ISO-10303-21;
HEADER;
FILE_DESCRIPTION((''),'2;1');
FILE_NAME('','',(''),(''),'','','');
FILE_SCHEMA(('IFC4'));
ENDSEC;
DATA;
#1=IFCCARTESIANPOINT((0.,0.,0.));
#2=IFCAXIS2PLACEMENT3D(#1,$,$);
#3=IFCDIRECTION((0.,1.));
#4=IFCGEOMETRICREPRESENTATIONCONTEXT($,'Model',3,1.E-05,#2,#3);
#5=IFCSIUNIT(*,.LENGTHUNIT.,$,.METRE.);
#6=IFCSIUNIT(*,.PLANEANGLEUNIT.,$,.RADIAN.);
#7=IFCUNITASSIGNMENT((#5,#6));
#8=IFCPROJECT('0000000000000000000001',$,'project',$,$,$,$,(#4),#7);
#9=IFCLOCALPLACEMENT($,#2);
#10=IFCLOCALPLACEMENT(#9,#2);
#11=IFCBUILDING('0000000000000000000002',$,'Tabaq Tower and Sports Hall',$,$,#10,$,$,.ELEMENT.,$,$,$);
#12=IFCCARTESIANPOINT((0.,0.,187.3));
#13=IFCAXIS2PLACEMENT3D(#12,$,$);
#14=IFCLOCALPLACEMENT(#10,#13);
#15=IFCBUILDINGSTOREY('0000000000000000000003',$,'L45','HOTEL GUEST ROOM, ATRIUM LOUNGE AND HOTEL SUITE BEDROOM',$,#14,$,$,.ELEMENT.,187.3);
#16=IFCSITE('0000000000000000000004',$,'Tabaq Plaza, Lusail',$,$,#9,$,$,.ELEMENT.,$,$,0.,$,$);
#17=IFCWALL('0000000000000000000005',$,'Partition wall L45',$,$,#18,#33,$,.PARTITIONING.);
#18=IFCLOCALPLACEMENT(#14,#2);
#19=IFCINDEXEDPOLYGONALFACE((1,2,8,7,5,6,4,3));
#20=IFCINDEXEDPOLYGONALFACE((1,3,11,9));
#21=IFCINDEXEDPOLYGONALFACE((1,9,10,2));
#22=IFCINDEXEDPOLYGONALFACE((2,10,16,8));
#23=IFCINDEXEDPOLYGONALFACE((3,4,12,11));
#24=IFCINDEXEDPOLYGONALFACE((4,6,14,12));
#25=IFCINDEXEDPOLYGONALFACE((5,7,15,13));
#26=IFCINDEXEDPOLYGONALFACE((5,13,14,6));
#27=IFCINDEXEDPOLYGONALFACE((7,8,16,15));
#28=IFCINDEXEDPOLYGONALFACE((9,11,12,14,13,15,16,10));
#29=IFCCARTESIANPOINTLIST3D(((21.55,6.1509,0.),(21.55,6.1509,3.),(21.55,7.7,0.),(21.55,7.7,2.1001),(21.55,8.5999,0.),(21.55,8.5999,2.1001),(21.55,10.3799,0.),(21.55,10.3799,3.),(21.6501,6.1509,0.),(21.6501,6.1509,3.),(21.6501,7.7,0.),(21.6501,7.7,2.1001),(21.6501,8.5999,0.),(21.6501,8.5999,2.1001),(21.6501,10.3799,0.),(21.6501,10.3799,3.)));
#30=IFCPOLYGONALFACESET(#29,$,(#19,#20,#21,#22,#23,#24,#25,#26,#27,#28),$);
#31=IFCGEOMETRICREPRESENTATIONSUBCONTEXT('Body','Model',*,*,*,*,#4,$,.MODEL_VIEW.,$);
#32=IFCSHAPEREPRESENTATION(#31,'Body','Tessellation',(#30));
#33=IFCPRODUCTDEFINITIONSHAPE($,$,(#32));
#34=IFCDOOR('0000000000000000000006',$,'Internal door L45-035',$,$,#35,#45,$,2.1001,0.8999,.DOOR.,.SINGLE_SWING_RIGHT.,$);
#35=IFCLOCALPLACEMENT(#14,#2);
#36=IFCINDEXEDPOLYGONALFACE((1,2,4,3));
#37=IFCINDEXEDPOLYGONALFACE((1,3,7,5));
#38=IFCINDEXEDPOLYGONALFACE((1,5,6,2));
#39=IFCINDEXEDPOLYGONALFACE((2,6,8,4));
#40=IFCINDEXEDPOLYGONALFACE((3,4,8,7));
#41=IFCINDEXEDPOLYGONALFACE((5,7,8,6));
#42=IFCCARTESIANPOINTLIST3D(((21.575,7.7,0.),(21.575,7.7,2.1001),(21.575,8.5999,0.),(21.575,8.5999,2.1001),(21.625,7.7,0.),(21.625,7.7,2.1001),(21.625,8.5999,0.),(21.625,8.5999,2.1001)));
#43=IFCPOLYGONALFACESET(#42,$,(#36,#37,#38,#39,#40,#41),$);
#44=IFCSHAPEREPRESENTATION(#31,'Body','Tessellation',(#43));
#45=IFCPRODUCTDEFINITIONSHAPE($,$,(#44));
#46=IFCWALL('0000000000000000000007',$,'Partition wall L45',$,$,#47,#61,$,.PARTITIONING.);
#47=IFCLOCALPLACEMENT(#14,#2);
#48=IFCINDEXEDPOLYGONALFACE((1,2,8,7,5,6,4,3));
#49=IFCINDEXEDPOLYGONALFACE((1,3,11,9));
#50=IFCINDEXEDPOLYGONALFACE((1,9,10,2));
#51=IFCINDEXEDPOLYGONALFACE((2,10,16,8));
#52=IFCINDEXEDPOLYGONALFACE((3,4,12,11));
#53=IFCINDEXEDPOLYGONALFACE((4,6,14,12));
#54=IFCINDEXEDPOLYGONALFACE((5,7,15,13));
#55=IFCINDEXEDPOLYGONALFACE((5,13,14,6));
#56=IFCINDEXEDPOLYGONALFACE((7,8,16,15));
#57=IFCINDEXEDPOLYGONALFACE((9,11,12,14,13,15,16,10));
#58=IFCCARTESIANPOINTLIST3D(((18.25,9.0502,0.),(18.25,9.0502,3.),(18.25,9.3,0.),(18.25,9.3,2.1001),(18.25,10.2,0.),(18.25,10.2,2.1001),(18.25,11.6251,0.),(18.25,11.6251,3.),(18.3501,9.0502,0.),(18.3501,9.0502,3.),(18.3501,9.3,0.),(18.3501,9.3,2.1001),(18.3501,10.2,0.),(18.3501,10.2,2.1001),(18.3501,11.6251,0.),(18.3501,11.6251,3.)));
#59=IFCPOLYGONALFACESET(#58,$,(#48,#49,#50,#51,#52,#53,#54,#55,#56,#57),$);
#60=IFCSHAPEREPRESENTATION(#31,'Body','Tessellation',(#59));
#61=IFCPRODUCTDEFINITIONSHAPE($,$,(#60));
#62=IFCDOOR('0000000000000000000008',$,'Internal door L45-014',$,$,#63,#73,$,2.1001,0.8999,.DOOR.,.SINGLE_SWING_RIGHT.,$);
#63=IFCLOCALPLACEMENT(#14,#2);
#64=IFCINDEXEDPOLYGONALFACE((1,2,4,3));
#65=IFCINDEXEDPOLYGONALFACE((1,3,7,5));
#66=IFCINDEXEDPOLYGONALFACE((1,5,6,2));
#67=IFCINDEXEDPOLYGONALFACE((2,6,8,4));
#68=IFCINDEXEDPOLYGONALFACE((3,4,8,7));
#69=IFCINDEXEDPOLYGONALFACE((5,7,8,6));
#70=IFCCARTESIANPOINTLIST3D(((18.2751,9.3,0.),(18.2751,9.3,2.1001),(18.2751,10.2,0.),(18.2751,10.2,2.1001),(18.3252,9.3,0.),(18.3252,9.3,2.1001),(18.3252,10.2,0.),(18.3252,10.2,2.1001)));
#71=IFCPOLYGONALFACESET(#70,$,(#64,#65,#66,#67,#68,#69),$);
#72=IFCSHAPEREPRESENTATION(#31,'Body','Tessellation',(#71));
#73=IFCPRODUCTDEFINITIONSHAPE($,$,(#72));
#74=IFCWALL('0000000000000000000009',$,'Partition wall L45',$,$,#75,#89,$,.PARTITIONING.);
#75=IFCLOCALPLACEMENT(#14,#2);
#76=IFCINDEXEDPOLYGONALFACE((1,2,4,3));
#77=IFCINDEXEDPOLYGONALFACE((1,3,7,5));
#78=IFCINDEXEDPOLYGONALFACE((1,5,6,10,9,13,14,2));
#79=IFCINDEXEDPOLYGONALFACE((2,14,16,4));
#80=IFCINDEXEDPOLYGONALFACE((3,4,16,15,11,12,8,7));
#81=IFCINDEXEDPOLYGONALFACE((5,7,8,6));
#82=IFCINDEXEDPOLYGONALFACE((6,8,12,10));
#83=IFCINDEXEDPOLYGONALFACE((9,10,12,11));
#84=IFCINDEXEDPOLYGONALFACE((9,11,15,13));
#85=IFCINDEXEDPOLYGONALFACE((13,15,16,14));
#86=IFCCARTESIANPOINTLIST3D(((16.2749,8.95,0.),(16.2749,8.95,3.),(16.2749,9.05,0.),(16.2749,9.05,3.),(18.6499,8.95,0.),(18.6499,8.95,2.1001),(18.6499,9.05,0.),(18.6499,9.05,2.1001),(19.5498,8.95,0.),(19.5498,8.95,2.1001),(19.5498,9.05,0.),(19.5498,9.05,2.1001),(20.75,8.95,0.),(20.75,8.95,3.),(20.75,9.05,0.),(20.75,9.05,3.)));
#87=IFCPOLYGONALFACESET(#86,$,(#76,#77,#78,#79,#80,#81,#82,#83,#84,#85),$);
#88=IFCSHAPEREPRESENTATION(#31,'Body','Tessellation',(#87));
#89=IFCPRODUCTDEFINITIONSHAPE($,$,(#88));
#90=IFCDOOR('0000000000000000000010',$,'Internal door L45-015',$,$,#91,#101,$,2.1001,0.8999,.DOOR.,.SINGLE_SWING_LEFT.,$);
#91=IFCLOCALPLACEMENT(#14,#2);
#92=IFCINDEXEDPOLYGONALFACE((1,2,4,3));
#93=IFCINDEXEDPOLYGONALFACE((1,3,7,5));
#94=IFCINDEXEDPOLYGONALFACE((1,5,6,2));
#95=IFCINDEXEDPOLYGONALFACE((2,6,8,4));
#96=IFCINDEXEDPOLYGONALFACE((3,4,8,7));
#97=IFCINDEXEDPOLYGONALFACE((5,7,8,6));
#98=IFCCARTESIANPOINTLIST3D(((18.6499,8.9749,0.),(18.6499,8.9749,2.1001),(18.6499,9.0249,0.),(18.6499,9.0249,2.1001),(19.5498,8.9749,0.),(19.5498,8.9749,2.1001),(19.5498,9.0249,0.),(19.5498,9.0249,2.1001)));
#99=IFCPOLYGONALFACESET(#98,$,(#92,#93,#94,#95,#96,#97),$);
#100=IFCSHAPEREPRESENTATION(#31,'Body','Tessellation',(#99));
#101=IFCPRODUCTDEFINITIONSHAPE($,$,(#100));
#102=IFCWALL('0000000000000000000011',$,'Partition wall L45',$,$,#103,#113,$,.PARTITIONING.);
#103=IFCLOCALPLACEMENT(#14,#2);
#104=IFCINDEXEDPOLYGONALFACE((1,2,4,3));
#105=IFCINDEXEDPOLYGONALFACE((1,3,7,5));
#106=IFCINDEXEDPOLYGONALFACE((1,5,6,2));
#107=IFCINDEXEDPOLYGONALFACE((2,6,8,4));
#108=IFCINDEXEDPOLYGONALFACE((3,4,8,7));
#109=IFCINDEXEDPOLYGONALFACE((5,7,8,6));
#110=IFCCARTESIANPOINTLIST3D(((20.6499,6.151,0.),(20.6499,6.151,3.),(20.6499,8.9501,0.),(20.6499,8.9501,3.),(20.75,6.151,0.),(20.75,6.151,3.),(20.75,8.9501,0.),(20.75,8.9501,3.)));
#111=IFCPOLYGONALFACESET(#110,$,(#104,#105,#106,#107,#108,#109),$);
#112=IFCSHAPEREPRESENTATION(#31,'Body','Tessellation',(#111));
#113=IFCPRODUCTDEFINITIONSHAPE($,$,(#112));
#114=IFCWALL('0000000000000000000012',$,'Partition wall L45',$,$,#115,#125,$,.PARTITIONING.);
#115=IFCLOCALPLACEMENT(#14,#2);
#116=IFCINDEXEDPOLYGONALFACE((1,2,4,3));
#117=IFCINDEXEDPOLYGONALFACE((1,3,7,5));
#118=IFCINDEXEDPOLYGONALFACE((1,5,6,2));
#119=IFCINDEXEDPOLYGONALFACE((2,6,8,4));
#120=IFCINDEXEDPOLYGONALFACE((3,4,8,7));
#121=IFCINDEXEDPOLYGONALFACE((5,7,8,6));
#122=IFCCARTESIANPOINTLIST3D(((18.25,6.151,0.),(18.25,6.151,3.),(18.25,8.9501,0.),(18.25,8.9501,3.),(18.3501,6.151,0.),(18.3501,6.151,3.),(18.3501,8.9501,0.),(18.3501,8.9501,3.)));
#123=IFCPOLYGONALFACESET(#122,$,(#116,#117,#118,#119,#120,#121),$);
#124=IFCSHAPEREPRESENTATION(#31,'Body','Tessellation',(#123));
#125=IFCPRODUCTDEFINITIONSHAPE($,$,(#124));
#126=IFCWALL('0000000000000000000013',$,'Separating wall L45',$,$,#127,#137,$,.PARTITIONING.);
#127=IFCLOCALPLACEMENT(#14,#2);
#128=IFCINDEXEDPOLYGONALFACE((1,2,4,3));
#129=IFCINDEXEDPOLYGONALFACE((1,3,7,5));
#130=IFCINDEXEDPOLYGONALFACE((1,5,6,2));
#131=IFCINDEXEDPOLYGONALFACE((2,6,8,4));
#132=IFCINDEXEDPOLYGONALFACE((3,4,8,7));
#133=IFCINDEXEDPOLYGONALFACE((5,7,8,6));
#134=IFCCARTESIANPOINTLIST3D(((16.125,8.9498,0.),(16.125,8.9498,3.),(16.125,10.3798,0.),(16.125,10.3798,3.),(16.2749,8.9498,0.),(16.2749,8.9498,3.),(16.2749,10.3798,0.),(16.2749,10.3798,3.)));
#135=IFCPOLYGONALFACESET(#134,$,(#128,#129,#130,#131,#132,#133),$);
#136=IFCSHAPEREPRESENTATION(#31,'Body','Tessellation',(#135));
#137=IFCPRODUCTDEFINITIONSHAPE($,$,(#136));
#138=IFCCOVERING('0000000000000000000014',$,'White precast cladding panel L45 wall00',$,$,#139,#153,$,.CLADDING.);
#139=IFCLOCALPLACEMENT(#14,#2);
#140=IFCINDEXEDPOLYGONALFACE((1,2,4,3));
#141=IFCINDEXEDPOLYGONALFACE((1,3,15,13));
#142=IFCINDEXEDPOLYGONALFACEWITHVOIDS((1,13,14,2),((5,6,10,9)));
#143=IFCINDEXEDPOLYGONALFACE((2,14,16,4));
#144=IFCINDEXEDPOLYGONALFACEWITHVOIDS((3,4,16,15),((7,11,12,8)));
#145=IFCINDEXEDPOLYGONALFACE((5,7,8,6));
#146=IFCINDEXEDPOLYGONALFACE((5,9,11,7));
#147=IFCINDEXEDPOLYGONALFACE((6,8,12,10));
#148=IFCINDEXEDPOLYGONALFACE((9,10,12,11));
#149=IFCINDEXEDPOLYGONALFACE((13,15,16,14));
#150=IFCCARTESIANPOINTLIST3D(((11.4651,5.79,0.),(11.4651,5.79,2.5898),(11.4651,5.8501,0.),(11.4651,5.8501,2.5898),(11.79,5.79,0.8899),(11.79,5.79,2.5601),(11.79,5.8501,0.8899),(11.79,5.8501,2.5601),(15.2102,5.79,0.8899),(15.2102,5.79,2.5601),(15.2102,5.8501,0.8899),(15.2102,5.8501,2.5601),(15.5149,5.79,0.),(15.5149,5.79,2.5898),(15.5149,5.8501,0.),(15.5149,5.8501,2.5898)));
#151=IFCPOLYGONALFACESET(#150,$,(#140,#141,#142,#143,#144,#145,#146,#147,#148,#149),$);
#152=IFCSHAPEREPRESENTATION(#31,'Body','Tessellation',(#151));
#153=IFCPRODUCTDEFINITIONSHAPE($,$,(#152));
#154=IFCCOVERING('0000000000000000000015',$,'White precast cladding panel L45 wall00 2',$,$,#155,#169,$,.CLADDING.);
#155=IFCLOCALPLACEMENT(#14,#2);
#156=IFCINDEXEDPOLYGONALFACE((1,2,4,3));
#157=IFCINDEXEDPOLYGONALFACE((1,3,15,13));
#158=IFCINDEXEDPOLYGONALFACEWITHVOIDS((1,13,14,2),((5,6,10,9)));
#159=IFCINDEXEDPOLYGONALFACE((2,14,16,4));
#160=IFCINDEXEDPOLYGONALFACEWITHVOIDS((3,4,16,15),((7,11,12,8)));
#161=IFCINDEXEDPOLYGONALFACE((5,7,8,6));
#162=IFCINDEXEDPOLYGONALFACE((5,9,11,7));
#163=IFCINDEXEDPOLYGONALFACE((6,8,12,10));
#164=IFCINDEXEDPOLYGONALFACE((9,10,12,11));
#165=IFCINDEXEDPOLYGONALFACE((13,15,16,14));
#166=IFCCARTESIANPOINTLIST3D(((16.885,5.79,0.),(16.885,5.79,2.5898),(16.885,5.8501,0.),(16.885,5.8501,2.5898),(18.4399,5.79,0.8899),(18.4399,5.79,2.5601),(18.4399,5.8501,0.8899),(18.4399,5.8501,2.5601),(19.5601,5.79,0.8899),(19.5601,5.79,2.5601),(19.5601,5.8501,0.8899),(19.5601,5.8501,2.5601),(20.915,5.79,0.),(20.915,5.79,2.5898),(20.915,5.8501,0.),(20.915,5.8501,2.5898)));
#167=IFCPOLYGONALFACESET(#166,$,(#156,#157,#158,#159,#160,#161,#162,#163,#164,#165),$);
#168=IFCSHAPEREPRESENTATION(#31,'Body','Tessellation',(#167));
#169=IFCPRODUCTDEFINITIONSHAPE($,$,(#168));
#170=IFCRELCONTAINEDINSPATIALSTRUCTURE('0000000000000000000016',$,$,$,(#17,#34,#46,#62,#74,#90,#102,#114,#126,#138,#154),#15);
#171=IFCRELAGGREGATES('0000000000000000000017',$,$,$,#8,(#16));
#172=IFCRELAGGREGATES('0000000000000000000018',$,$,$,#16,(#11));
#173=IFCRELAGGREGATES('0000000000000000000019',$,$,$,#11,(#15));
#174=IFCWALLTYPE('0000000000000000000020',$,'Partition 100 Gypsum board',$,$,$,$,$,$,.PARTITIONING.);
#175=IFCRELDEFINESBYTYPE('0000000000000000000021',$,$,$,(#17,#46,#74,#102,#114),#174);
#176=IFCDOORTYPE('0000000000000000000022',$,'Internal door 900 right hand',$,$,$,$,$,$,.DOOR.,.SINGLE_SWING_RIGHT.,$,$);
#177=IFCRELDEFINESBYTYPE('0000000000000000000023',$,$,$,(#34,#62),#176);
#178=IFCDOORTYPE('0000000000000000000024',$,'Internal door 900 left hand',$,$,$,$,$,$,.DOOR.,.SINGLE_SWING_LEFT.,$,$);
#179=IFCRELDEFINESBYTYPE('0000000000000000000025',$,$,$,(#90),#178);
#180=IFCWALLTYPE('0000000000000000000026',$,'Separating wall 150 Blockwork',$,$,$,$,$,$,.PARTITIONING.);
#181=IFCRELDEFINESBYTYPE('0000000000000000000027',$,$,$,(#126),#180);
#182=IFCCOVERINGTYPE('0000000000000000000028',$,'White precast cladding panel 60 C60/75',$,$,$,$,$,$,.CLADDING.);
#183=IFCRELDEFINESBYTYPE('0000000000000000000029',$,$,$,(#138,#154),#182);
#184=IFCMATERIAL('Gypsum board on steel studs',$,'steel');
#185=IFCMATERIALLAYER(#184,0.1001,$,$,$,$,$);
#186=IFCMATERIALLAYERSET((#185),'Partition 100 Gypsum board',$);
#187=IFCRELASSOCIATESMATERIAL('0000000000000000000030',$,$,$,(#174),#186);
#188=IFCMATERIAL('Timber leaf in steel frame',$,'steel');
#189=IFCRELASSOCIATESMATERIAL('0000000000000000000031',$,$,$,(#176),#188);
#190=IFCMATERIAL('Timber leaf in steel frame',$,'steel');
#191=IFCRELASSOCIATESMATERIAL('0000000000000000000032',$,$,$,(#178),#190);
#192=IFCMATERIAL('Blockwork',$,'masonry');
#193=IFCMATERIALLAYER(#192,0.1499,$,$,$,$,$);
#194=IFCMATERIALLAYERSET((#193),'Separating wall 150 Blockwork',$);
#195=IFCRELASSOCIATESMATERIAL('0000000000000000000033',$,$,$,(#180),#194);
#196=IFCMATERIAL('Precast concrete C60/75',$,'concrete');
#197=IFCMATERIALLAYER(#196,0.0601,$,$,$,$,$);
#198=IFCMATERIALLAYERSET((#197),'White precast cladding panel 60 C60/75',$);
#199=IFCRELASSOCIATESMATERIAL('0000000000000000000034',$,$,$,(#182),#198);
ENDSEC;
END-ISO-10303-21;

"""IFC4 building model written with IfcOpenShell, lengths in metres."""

from ifc_helpers import new_model, si_unit, direction, frame, frame_2d, origin, place, context, subcontext, project, spatial, polyline, rectangle, outline, extrude, material, layer, layer_set, type_object, element, fill, save


model = new_model("IFC4")

# Units and contexts
model_context = context("Model", 3, precision=1e-05, world=origin(), true_north=direction((0.0, 1.0)))
body_context = subcontext(model_context, "Body", "Model", "MODEL_VIEW")
ifc_project = project(units=[si_unit("LENGTHUNIT", "METRE"), si_unit("PLANEANGLEUNIT", "RADIAN")], contexts=[model_context])

# Site, building, storey
site_placement = place(None, origin())
site = spatial("IfcSite", under=ifc_project, at=site_placement, Name="Tabaq Plaza, Lusail", CompositionType="ELEMENT", RefElevation=0.0)
building_placement = place(site_placement, origin())
building = spatial("IfcBuilding", under=site, at=building_placement, Name="Tabaq Tower and Sports Hall", CompositionType="ELEMENT")
storey_placement = place(building_placement, frame((0.0, 0.0, 187.3)))
storey = spatial("IfcBuildingStorey", under=building, at=storey_placement, Name="L45", Description="HOTEL GUEST ROOM, ATRIUM LOUNGE AND HOTEL SUITE BEDROOM", CompositionType="ELEMENT", Elevation=187.3)

# Shared definitions
ifc_material_1 = material(Name="Gypsum board on steel studs", Category="steel")
ifc_layer_1 = layer(ifc_material_1, 0.1001)
ifc_layer_set_1 = layer_set([ifc_layer_1], Name="Partition 100 Gypsum board")
wall_type_1 = type_object("IfcWallType", Name="Partition 100 Gypsum board", PredefinedType="PARTITIONING", material=ifc_layer_set_1)

# Shared definitions
ifc_material_2 = material(Name="Timber leaf in steel frame", Category="steel")
door_type_1 = type_object("IfcDoorType", Name="Internal door 900 right hand", OperationType="SINGLE_SWING_RIGHT", PredefinedType="DOOR", material=ifc_material_2)

# Walls, openings, doors
ifc_material_3 = material(Name="Timber leaf in steel frame", Category="steel")
door_type_2 = type_object("IfcDoorType", Name="Internal door 900 left hand", OperationType="SINGLE_SWING_LEFT", PredefinedType="DOOR", material=ifc_material_3)
wall_1_placement = place(storey_placement, frame((21.6001, 10.3799, 0.0), z_axis=(0.0, 0.0, 1.0), x_axis=(0.0, -1.0, 0.0)))
wall_1 = element("IfcWall", 1, at=wall_1_placement, inside=storey, type_object=wall_type_1, Name="Partition wall L45", PredefinedType="PARTITIONING", context=body_context, shape_type="SweptSolid", body=[
    extrude(rectangle(XDim=4.229, YDim=0.1001, at=frame_2d((2.1145, 0.0))), origin(), (0.0, 0.0, 1.0), 3.0),
])
opening_1_placement = place(wall_1_placement, frame((1.78, 0.0, 0.0)))
opening_1 = element("IfcOpeningElement", 2, at=opening_1_placement, cuts=wall_1, PredefinedType="OPENING", context=body_context, shape_type="SweptSolid", body=[
    extrude(rectangle(XDim=0.8999, YDim=2.1001, at=frame_2d((0.45, 1.05))), frame((0.0, 0.05, 0.0), z_axis=(0.0, -1.0, 0.0), x_axis=(1.0, 0.0, 0.0)), (0.0, 0.0, 1.0), 0.1001),
])
door_1_placement = place(opening_1_placement, origin())
door_1 = element("IfcDoor", 3, at=door_1_placement, inside=storey, type_object=door_type_1, Name="Internal door L45-035", OperationType="SINGLE_SWING_RIGHT", OverallHeight=2.1001, OverallWidth=0.8999, PredefinedType="DOOR", context=body_context, shape_type="SweptSolid", body=[
    extrude(rectangle(XDim=0.8999, YDim=2.1001, at=frame_2d((0.45, 1.05))), frame((0.0, 0.0249, 0.0), z_axis=(0.0, -1.0, 0.0), x_axis=(1.0, 0.0, 0.0)), (0.0, 0.0, 1.0), 0.05),
])
fill(opening_1, door_1)
wall_2_placement = place(storey_placement, frame((18.3, 9.05, 0.0), z_axis=(0.0, 0.0, 1.0), x_axis=(0.0, 1.0, 0.0)))
wall_2 = element("IfcWall", 4, at=wall_2_placement, inside=storey, type_object=wall_type_1, Name="Partition wall L45", PredefinedType="PARTITIONING", context=body_context, shape_type="SweptSolid", body=[
    extrude(rectangle(XDim=2.575, YDim=0.1001, at=frame_2d((1.2876, 0.0))), origin(), (0.0, 0.0, 1.0), 3.0),
])
opening_2_placement = place(wall_2_placement, frame((0.25, 0.0, 0.0)))
opening_2 = element("IfcOpeningElement", 5, at=opening_2_placement, cuts=wall_2, PredefinedType="OPENING", context=body_context, shape_type="SweptSolid", body=[
    extrude(rectangle(XDim=0.8999, YDim=2.1001, at=frame_2d((0.45, 1.05))), frame((0.0, 0.05, 0.0), z_axis=(0.0, -1.0, 0.0), x_axis=(1.0, 0.0, 0.0)), (0.0, 0.0, 1.0), 0.1001),
])
door_2_placement = place(opening_2_placement, origin())
door_2 = element("IfcDoor", 6, at=door_2_placement, inside=storey, type_object=door_type_1, Name="Internal door L45-014", OperationType="SINGLE_SWING_RIGHT", OverallHeight=2.1001, OverallWidth=0.8999, PredefinedType="DOOR", context=body_context, shape_type="SweptSolid", body=[
    extrude(rectangle(XDim=0.8999, YDim=2.1001, at=frame_2d((0.45, 1.05))), frame((0.0, 0.0249, 0.0), z_axis=(0.0, -1.0, 0.0), x_axis=(1.0, 0.0, 0.0)), (0.0, 0.0, 1.0), 0.05),
])
fill(opening_2, door_2)
wall_3_placement = place(storey_placement, frame((16.2749, 9.0, 0.0), z_axis=(0.0, 0.0, 1.0), x_axis=(1.0, 0.0, 0.0)))
wall_3 = element("IfcWall", 7, at=wall_3_placement, inside=storey, type_object=wall_type_1, Name="Partition wall L45", PredefinedType="PARTITIONING", context=body_context, shape_type="SweptSolid", body=[
    extrude(rectangle(XDim=4.4751, YDim=0.1001, at=frame_2d((2.2375, 0.0))), origin(), (0.0, 0.0, 1.0), 3.0),
])
opening_3_placement = place(wall_3_placement, frame((2.375, 0.0, 0.0)))
opening_3 = element("IfcOpeningElement", 8, at=opening_3_placement, cuts=wall_3, PredefinedType="OPENING", context=body_context, shape_type="SweptSolid", body=[
    extrude(rectangle(XDim=0.8999, YDim=2.1001, at=frame_2d((0.45, 1.05))), frame((0.0, 0.05, 0.0), z_axis=(0.0, -1.0, 0.0), x_axis=(1.0, 0.0, 0.0)), (0.0, 0.0, 1.0), 0.1001),
])
door_3_placement = place(opening_3_placement, origin())
door_3 = element("IfcDoor", 9, at=door_3_placement, inside=storey, type_object=door_type_2, Name="Internal door L45-015", OperationType="SINGLE_SWING_LEFT", OverallHeight=2.1001, OverallWidth=0.8999, PredefinedType="DOOR", context=body_context, shape_type="SweptSolid", body=[
    extrude(rectangle(XDim=0.8999, YDim=2.1001, at=frame_2d((0.45, 1.05))), frame((0.0, 0.0249, 0.0), z_axis=(0.0, -1.0, 0.0), x_axis=(1.0, 0.0, 0.0)), (0.0, 0.0, 1.0), 0.05),
])
fill(opening_3, door_3)

# Walls
for number, where, z_axis, x_axis, name in (
    (10, (20.7, 8.95, 0.0), (0.0, 0.0, 1.0), (0.0, -1.0, 0.0), "Partition wall L45"),
    (11, (18.3, 8.95, 0.0), (0.0, 0.0, 1.0), (0.0, -1.0, 0.0), "Partition wall L45"),
):
    element("IfcWall", number, at=place(storey_placement, frame(where, z_axis=z_axis, x_axis=x_axis)), inside=storey, type_object=wall_type_1, Name=name, PredefinedType="PARTITIONING", context=body_context, shape_type="SweptSolid", body=[
        extrude(rectangle(XDim=2.7991, YDim=0.1001, at=frame_2d((1.3994, 0.0))), origin(), (0.0, 0.0, 1.0), 3.0),
    ])
ifc_material_4 = material(Name="Blockwork", Category="masonry")
ifc_layer_2 = layer(ifc_material_4, 0.1499)
ifc_layer_set_2 = layer_set([ifc_layer_2], Name="Separating wall 150 Blockwork")
wall_type_2 = type_object("IfcWallType", Name="Separating wall 150 Blockwork", PredefinedType="PARTITIONING", material=ifc_layer_set_2)
wall_4_placement = place(storey_placement, frame((16.2, 8.95, 0.0), z_axis=(0.0, 0.0, 1.0), x_axis=(0.0, 1.0, 0.0)))
element("IfcWall", 12, at=wall_4_placement, inside=storey, type_object=wall_type_2, Name="Separating wall L45", PredefinedType="PARTITIONING", context=body_context, shape_type="SweptSolid", body=[
    extrude(rectangle(XDim=1.4299, YDim=0.1499, at=frame_2d((0.7148, 0.0))), origin(), (0.0, 0.0, 1.0), 3.0),
])

# Coverings
ifc_material_5 = material(Name="Precast concrete C60/75", Category="concrete")
ifc_layer_3 = layer(ifc_material_5, 0.0601)
ifc_layer_set_3 = layer_set([ifc_layer_3], Name="White precast cladding panel 60 C60/75")
covering_type = type_object("IfcCoveringType", Name="White precast cladding panel 60 C60/75", PredefinedType="CLADDING", material=ifc_layer_set_3)
covering_1_placement = place(storey_placement, frame((11.4651, 5.8201, 0.0), z_axis=(0.0, 0.0, 1.0), x_axis=(1.0, 0.0, 0.0)))
element("IfcCovering", 13, at=covering_1_placement, inside=storey, type_object=covering_type, Name="White precast cladding panel L45 wall00", PredefinedType="CLADDING", context=body_context, shape_type="SweptSolid", body=[
    extrude(outline(polyline([(0.0, 0.0), (4.0498, 0.0), (4.0498, 2.5898), (0.0, 2.5898), (0.0, 0.0)]), holes=[polyline([(3.7451, 0.8899), (0.325, 0.8899), (0.325, 2.5601), (3.7451, 2.5601), (3.7451, 0.8899)])]), frame((0.0, 0.03, 0.0), z_axis=(0.0, -1.0, 0.0), x_axis=(1.0, 0.0, 0.0)), (0.0, 0.0, 1.0), 0.0601),
])
covering_2_placement = place(storey_placement, frame((16.885, 5.8201, 0.0), z_axis=(0.0, 0.0, 1.0), x_axis=(1.0, 0.0, 0.0)))
element("IfcCovering", 14, at=covering_2_placement, inside=storey, type_object=covering_type, Name="White precast cladding panel L45 wall00 2", PredefinedType="CLADDING", context=body_context, shape_type="SweptSolid", body=[
    extrude(outline(polyline([(0.0, 0.0), (4.03, 0.0), (4.03, 2.5898), (0.0, 2.5898), (0.0, 0.0)]), holes=[polyline([(2.675, 0.8899), (1.5549, 0.8899), (1.5549, 2.5601), (2.675, 2.5601), (2.675, 0.8899)])]), frame((0.0, 0.03, 0.0), z_axis=(0.0, -1.0, 0.0), x_axis=(1.0, 0.0, 0.0)), (0.0, 0.0, 1.0), 0.0601),
])

save(model, "model.ifc")
